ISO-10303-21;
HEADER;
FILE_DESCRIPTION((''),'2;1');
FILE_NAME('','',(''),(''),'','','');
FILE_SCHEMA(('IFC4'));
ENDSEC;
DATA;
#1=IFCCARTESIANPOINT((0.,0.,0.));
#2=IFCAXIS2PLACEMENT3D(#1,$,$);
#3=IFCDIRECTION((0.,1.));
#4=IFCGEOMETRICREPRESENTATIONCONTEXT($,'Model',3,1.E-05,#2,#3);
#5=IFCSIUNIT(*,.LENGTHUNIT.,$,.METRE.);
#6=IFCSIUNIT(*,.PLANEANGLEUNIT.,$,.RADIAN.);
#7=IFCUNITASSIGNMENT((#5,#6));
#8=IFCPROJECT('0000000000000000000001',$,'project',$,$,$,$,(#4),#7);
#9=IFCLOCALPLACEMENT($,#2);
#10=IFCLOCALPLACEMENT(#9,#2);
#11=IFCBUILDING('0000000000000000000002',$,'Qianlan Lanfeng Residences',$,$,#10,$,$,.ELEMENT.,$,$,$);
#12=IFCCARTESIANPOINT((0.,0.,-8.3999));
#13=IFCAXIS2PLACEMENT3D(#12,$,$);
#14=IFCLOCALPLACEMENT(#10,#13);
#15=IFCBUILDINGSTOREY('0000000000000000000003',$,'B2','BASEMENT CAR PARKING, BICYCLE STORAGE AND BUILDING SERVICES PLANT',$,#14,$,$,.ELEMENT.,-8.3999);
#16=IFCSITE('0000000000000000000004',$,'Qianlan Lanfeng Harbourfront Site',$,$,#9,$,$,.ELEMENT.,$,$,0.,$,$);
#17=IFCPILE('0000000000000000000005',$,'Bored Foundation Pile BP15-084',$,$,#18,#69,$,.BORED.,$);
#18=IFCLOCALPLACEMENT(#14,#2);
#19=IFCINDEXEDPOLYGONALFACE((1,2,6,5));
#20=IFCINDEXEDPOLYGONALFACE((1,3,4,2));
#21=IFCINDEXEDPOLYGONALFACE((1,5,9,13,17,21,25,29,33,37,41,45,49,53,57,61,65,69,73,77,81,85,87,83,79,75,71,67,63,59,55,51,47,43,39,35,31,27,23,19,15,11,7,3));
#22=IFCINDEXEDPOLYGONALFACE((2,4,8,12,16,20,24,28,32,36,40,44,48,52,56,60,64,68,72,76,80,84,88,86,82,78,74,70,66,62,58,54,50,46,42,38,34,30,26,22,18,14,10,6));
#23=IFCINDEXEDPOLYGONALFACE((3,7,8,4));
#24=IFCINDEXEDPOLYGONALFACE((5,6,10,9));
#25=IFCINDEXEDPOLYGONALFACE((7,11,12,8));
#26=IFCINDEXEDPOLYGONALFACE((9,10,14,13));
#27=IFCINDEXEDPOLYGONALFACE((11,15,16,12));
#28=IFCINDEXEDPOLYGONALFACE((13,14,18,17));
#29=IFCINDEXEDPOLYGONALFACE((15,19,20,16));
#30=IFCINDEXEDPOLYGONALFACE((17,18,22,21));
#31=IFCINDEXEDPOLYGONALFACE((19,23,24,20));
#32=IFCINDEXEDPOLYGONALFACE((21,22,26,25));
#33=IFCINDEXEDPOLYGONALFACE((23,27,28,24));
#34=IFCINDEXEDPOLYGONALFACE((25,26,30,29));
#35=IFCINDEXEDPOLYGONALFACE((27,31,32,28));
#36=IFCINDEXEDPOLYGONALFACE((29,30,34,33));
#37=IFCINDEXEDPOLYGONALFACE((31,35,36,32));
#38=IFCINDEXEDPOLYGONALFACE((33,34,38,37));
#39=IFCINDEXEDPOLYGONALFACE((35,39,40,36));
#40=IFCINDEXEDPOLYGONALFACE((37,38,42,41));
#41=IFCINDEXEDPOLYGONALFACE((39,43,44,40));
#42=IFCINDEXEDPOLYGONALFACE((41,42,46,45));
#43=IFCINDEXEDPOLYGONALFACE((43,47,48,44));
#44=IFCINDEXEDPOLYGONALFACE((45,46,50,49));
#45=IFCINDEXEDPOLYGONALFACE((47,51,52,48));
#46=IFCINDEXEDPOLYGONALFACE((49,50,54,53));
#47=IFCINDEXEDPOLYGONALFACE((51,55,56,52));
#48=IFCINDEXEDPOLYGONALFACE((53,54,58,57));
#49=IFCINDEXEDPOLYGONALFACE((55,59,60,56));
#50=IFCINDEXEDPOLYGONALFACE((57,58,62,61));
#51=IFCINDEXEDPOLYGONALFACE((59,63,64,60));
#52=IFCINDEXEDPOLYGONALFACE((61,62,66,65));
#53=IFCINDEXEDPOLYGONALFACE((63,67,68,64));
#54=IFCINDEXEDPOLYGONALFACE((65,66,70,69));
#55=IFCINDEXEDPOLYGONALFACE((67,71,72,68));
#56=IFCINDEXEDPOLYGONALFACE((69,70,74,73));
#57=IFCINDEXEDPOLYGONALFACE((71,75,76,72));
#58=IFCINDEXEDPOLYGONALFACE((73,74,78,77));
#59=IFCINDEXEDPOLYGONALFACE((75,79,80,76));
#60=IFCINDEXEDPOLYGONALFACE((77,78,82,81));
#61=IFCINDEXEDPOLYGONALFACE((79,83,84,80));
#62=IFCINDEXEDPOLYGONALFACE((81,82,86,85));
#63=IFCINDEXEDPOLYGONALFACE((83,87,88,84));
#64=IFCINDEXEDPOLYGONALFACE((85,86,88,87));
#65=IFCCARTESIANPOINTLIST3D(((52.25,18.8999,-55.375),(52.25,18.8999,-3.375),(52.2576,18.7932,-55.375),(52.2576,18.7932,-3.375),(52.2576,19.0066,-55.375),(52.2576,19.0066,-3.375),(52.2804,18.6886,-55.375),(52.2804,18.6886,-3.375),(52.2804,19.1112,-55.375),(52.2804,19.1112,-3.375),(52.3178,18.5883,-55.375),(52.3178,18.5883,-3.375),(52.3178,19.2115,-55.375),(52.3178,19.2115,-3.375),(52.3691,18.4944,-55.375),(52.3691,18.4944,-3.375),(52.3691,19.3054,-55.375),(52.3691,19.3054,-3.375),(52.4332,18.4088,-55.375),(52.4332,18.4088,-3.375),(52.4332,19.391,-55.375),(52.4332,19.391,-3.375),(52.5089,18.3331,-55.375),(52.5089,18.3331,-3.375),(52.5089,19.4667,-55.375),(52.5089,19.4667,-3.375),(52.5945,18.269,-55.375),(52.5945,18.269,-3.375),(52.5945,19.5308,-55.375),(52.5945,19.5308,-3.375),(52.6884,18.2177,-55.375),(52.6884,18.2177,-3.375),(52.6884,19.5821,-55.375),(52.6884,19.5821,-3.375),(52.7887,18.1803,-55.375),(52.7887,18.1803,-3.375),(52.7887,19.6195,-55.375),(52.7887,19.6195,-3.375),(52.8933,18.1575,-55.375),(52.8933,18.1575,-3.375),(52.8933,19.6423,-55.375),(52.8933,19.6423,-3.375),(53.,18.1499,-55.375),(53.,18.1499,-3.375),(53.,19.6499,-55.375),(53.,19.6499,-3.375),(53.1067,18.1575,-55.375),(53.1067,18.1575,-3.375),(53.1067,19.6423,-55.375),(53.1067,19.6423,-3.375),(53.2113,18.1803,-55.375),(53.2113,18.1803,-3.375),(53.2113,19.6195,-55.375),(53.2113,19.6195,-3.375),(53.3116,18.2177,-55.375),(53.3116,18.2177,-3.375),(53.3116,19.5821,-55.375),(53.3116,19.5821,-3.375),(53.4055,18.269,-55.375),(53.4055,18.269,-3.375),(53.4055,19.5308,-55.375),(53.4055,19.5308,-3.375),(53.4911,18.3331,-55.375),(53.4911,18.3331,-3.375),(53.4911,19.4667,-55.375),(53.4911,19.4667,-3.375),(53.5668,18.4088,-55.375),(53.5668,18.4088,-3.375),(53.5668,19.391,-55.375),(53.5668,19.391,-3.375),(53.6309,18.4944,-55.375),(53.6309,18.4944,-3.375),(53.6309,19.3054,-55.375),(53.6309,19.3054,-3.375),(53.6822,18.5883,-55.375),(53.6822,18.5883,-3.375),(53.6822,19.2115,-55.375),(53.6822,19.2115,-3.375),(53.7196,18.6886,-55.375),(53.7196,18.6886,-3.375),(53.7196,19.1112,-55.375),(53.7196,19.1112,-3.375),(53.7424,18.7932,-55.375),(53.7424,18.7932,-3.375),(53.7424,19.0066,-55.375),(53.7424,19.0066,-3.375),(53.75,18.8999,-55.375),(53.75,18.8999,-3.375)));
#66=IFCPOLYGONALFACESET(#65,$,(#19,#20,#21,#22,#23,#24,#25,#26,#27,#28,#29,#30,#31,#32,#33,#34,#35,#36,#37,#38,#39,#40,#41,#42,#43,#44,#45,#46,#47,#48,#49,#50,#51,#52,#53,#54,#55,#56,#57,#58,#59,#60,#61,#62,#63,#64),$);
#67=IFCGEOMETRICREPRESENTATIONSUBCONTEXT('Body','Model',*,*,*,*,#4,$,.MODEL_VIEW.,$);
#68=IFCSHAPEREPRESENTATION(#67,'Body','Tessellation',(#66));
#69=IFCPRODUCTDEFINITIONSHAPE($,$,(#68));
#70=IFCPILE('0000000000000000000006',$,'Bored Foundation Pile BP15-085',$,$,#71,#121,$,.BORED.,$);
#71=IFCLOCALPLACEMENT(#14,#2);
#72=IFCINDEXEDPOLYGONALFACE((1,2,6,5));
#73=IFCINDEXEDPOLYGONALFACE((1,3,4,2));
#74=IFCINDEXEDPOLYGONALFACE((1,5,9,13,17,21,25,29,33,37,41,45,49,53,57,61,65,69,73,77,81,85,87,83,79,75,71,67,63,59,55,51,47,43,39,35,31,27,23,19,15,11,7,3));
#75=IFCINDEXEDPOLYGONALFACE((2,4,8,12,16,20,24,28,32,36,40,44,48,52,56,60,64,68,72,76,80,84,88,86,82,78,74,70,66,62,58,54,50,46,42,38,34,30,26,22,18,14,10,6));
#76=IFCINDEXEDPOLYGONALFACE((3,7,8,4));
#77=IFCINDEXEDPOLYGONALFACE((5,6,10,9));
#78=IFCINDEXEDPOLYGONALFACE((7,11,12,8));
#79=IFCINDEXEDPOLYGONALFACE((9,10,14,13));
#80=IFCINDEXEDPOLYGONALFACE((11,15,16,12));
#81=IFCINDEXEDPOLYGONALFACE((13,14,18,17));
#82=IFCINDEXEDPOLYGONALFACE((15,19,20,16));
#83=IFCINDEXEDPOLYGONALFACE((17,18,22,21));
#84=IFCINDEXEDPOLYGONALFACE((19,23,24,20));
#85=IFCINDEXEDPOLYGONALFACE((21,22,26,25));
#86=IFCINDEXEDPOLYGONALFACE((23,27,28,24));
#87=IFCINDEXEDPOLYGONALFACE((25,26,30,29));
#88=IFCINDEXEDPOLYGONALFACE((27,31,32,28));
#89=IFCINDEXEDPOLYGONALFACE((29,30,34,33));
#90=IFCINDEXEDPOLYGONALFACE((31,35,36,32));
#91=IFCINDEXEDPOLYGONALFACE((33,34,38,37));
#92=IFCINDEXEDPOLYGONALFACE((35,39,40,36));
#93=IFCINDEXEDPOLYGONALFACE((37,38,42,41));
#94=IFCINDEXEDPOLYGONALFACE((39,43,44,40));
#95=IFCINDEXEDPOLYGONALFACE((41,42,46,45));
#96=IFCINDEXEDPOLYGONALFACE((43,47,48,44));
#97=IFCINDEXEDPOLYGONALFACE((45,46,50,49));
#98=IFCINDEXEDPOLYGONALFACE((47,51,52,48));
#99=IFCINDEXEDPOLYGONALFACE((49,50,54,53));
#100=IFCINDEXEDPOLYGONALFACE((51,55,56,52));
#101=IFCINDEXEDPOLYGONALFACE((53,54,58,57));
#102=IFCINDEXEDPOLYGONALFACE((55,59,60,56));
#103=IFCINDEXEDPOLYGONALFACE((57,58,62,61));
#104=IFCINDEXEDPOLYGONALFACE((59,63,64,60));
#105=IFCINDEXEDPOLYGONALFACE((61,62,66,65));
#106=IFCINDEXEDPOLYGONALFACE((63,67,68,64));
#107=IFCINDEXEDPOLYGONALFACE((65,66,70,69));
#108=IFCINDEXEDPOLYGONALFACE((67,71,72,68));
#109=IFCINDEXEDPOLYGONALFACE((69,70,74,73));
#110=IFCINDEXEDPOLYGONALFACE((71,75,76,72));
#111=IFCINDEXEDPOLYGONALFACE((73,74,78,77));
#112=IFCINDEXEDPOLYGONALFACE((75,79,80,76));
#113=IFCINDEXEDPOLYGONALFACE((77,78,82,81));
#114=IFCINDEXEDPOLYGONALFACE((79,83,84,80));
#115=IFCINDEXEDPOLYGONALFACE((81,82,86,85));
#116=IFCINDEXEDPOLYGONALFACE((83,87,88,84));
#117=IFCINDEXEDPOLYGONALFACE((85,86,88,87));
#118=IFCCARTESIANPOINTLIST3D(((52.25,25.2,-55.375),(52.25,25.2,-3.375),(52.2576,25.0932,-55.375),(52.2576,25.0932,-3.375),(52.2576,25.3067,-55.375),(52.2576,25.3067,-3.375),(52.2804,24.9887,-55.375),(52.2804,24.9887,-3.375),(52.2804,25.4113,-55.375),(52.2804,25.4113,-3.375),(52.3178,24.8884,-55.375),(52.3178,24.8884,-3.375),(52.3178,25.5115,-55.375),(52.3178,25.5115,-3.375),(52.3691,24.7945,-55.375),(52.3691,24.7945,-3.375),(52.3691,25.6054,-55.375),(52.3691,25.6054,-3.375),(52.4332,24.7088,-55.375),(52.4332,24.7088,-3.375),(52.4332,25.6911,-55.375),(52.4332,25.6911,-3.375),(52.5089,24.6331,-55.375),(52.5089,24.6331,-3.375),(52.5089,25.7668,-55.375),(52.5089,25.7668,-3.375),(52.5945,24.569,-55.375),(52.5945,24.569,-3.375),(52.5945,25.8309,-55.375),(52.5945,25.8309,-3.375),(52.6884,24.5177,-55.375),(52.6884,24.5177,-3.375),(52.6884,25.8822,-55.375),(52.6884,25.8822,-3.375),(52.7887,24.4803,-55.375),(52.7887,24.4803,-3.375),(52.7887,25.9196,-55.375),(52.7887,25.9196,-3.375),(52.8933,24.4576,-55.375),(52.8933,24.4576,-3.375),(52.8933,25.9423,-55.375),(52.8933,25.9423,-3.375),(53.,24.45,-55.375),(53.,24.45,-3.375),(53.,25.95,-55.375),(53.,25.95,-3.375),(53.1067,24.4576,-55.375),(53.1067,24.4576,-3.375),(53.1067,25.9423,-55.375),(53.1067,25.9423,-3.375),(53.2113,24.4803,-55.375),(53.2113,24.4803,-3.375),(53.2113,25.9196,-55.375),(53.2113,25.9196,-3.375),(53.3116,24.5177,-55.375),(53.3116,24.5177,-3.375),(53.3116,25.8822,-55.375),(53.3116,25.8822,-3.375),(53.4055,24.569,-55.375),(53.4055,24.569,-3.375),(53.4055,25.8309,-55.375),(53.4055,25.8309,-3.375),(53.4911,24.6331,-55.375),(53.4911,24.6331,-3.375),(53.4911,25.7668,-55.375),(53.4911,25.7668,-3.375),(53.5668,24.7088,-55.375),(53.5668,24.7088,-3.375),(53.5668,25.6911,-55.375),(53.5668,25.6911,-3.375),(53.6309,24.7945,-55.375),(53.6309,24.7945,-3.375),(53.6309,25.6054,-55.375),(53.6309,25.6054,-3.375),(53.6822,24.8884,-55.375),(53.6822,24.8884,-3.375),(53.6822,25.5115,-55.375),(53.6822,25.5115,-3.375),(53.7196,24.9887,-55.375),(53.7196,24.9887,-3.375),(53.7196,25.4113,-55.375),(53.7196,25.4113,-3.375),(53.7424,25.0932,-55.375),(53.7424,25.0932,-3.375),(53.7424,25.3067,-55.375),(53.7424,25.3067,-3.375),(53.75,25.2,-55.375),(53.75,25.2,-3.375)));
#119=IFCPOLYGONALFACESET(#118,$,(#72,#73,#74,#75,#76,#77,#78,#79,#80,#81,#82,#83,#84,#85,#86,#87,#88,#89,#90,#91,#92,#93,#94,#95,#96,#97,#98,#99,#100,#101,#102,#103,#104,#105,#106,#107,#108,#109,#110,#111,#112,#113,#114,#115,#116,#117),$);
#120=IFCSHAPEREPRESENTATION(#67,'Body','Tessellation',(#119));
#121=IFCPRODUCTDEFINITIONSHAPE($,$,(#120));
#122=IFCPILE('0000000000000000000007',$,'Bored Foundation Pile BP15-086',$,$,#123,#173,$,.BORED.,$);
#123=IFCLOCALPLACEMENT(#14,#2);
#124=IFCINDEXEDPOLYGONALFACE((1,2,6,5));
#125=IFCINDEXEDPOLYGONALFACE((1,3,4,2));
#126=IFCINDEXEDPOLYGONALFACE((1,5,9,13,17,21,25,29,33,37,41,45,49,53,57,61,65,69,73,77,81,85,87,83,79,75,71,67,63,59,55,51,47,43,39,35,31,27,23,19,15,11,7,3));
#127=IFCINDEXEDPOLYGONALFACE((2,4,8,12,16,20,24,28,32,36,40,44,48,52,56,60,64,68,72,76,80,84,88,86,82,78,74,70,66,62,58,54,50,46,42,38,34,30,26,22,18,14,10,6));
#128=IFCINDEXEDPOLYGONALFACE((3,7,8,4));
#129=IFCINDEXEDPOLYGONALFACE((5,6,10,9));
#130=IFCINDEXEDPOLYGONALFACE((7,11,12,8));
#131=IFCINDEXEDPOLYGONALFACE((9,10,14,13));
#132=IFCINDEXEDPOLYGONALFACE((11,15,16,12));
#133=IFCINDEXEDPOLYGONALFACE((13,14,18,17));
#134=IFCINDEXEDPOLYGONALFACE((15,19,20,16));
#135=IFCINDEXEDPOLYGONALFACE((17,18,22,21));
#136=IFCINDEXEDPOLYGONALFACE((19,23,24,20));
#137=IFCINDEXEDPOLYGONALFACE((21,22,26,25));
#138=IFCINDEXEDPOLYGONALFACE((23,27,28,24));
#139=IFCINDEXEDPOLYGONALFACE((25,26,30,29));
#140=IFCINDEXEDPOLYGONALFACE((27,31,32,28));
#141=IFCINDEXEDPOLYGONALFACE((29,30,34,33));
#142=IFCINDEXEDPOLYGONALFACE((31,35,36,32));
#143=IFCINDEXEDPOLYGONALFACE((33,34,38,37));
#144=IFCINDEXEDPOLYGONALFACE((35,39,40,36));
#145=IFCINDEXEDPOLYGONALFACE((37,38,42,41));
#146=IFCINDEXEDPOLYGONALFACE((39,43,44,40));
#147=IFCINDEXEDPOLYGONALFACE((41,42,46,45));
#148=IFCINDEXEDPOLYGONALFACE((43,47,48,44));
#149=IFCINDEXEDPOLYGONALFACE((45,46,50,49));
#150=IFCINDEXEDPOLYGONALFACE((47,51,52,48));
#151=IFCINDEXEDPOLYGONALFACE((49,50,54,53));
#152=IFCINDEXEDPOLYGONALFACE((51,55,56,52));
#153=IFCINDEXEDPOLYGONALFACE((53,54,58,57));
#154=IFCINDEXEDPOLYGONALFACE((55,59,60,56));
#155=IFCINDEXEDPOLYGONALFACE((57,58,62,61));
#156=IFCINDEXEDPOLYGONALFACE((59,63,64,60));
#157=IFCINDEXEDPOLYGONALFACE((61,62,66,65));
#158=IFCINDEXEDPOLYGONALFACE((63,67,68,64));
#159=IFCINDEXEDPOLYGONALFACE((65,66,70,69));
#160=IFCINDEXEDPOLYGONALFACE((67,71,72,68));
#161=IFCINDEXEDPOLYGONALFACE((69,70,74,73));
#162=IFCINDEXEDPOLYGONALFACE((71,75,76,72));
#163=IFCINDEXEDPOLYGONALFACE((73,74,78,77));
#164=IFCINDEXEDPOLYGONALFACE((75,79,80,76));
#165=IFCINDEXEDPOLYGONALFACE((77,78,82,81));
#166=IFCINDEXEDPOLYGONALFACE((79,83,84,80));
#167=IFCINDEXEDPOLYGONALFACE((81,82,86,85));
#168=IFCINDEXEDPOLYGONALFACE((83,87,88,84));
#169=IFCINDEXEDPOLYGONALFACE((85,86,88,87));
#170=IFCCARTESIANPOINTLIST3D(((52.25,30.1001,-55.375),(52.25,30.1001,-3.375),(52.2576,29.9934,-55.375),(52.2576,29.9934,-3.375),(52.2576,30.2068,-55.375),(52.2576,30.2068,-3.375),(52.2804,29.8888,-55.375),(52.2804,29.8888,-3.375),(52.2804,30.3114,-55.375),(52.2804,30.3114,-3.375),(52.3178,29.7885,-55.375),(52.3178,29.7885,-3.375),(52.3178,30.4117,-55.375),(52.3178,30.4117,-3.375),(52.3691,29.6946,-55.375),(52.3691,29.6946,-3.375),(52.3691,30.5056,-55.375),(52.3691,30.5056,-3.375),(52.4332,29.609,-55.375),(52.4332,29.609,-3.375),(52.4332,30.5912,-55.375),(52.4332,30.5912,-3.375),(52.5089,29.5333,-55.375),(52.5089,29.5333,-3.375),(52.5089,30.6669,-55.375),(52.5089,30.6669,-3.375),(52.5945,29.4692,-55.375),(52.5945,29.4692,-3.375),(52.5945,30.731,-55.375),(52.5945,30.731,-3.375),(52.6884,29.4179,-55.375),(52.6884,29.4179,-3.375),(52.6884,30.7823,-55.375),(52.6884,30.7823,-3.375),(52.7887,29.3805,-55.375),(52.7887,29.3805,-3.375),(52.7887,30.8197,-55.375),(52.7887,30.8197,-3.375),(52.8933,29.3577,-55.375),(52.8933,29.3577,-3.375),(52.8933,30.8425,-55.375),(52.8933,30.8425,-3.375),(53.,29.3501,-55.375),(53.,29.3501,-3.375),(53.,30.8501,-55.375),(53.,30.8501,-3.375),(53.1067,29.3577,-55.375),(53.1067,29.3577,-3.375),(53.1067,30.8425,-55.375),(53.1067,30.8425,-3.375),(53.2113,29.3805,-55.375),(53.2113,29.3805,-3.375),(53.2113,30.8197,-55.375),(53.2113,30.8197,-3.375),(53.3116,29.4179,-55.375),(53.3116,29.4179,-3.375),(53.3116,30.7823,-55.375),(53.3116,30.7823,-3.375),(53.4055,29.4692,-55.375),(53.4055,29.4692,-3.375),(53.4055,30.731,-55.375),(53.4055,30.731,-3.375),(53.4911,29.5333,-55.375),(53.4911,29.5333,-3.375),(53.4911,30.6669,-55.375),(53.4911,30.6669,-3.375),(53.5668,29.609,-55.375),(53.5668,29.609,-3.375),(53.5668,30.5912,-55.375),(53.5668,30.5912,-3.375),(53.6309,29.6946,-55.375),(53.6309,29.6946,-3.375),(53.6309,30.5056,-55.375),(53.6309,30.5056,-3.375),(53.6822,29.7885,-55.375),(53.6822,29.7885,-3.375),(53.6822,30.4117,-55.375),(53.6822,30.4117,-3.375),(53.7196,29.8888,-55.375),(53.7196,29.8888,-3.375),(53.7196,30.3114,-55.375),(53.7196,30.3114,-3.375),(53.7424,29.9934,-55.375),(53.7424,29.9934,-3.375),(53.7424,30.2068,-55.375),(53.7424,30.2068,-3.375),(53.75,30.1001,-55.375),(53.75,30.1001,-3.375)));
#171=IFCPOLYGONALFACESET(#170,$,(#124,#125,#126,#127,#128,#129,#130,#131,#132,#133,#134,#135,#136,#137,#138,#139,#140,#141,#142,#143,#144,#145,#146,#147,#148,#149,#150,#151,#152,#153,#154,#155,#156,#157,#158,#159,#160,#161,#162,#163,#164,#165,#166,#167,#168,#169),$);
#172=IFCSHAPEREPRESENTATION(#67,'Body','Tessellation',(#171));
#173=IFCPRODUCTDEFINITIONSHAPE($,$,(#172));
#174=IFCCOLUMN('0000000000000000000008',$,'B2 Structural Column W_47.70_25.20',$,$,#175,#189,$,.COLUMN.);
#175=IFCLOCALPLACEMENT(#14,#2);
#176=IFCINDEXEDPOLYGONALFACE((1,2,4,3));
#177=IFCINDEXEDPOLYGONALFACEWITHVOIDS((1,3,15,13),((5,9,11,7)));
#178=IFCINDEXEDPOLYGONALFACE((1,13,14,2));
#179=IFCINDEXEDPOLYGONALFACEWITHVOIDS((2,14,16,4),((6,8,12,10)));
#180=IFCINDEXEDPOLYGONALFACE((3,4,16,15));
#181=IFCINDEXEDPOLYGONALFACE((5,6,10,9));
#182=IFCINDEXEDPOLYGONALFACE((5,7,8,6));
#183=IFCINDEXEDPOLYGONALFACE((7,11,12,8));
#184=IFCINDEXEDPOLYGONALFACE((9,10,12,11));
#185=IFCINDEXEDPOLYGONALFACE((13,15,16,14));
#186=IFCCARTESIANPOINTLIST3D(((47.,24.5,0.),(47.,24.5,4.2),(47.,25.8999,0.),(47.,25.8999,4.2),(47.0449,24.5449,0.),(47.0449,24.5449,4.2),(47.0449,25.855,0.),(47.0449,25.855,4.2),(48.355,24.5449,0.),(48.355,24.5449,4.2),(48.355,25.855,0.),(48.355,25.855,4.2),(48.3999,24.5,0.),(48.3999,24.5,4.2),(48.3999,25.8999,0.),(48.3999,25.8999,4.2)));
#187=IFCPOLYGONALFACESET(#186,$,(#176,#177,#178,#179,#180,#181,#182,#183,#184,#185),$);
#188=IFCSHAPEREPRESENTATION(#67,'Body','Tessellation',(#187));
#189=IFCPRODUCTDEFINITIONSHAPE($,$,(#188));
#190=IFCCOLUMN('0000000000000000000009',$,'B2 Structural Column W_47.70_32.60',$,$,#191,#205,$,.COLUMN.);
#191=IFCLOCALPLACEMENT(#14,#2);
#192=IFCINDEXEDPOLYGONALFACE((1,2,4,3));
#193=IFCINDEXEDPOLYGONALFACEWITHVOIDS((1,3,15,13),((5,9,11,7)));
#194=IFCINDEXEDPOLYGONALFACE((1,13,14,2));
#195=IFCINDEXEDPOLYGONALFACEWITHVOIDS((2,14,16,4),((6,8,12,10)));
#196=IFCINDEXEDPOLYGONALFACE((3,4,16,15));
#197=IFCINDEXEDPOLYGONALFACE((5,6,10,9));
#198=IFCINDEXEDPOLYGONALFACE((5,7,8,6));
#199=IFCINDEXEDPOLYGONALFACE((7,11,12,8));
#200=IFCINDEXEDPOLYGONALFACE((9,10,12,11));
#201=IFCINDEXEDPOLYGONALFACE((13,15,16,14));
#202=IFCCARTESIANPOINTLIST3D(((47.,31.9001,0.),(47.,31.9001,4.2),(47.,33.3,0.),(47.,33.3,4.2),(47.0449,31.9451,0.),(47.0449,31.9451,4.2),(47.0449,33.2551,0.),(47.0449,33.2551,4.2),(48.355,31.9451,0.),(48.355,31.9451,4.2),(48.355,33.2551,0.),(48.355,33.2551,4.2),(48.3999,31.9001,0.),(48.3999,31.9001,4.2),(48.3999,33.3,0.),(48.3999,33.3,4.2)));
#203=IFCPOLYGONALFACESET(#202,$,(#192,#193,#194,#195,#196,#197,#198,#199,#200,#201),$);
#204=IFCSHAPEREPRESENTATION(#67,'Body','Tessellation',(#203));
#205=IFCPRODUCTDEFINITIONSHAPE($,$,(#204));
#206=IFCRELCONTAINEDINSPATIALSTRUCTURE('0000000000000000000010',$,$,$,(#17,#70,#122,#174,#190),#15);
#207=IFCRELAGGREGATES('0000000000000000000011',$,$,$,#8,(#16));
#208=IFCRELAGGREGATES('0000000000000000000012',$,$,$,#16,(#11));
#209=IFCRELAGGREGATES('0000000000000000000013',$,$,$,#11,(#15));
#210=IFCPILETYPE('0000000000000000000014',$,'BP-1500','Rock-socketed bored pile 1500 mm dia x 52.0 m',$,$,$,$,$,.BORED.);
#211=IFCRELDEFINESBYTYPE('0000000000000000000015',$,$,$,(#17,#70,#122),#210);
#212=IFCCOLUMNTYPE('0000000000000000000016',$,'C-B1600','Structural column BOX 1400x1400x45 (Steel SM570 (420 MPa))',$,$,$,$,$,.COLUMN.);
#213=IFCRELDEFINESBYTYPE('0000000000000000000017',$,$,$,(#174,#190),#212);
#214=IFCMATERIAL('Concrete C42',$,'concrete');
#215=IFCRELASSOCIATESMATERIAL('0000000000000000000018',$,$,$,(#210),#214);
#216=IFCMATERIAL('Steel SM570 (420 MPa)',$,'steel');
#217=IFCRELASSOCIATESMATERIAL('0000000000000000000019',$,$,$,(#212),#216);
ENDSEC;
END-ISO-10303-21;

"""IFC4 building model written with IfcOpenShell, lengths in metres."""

from ifc_helpers import new_model, si_unit, direction, frame, origin, origin_2d, place, context, subcontext, project, spatial, hollow_rectangle, circle, extrude, material, material_profile, profile_set, type_object, element, save


model = new_model("IFC4")

# Units and contexts
model_context = context("Model", 3, precision=1e-05, world=origin(), true_north=direction((0.0, 1.0)))
body_context = subcontext(model_context, "Body", "Model", "MODEL_VIEW")
ifc_project = project(units=[si_unit("LENGTHUNIT", "METRE"), si_unit("PLANEANGLEUNIT", "RADIAN")], contexts=[model_context])

# Site, building, storey
site_placement = place(None, origin())
site = spatial("IfcSite", under=ifc_project, at=site_placement, Name="Qianlan Lanfeng Harbourfront Site", CompositionType="ELEMENT", RefElevation=0.0)
building_placement = place(site_placement, origin())
building = spatial("IfcBuilding", under=site, at=building_placement, Name="Qianlan Lanfeng Residences", CompositionType="ELEMENT")
storey_placement = place(building_placement, frame((0.0, 0.0, -8.3999)))
storey = spatial("IfcBuildingStorey", under=building, at=storey_placement, Name="B2", Description="BASEMENT CAR PARKING, BICYCLE STORAGE AND BUILDING SERVICES PLANT", CompositionType="ELEMENT", Elevation=-8.3999)

# Piles
ifc_material_1 = material(Name="Concrete C42", Category="concrete")
ifc_material_profile_1 = material_profile(ifc_material_1, circle(Radius=0.75, at=origin_2d()), Name="PILE D1500")
ifc_profile_set_1 = profile_set([ifc_material_profile_1], Name="Concrete C42")
pile_type_1 = type_object("IfcPileType", Name="BP-1500", Description="Rock-socketed bored pile 1500 mm dia x 52.0 m", PredefinedType="BORED", material=ifc_profile_set_1)
for number, where, z_axis, x_axis, name in (
    (1, (53.0, 18.8999, -3.375), (0.0, 0.0, -1.0), (1.0, 0.0, 0.0), "Bored Foundation Pile BP15-084"),
    (2, (53.0, 25.2, -3.375), (0.0, 0.0, -1.0), (1.0, 0.0, 0.0), "Bored Foundation Pile BP15-085"),
    (3, (53.0, 30.1001, -3.375), (0.0, 0.0, -1.0), (1.0, 0.0, 0.0), "Bored Foundation Pile BP15-086"),
):
    element("IfcPile", number, at=place(storey_placement, frame(where, z_axis=z_axis, x_axis=x_axis)), inside=storey, type_object=pile_type_1, Name=name, PredefinedType="BORED", context=body_context, shape_type="SweptSolid", body=[
        extrude(circle(Radius=0.75, at=origin_2d()), origin(), (0.0, 0.0, 1.0), 52.0),
    ])

# Columns
ifc_material_2 = material(Name="Steel SM570 (420 MPa)", Category="steel")
ifc_material_profile_2 = material_profile(ifc_material_2, hollow_rectangle(XDim=1.3999, YDim=1.3999, WallThickness=0.0449, at=origin_2d()), Name="BOX 1400x1400x45")
ifc_profile_set_2 = profile_set([ifc_material_profile_2], Name="Steel SM570 (420 MPa)")
column_type_1 = type_object("IfcColumnType", Name="C-B1600", Description="Structural column BOX 1400x1400x45 (Steel SM570 (420 MPa))", PredefinedType="COLUMN", material=ifc_profile_set_2)
for number, where, z_axis, x_axis, name in (
    (4, (47.7, 25.2, 0.0), (0.0, 0.0, 1.0), (1.0, 0.0, 0.0), "B2 Structural Column W_47.70_25.20"),
    (5, (47.7, 32.6001, 0.0), (0.0, 0.0, 1.0), (1.0, 0.0, 0.0), "B2 Structural Column W_47.70_32.60"),
):
    element("IfcColumn", number, at=place(storey_placement, frame(where, z_axis=z_axis, x_axis=x_axis)), inside=storey, type_object=column_type_1, Name=name, PredefinedType="COLUMN", context=body_context, shape_type="SweptSolid", body=[
        extrude(hollow_rectangle(XDim=1.3999, YDim=1.3999, WallThickness=0.0449, at=origin_2d()), origin(), (0.0, 0.0, 1.0), 4.2),
    ])

save(model, "model.ifc")
